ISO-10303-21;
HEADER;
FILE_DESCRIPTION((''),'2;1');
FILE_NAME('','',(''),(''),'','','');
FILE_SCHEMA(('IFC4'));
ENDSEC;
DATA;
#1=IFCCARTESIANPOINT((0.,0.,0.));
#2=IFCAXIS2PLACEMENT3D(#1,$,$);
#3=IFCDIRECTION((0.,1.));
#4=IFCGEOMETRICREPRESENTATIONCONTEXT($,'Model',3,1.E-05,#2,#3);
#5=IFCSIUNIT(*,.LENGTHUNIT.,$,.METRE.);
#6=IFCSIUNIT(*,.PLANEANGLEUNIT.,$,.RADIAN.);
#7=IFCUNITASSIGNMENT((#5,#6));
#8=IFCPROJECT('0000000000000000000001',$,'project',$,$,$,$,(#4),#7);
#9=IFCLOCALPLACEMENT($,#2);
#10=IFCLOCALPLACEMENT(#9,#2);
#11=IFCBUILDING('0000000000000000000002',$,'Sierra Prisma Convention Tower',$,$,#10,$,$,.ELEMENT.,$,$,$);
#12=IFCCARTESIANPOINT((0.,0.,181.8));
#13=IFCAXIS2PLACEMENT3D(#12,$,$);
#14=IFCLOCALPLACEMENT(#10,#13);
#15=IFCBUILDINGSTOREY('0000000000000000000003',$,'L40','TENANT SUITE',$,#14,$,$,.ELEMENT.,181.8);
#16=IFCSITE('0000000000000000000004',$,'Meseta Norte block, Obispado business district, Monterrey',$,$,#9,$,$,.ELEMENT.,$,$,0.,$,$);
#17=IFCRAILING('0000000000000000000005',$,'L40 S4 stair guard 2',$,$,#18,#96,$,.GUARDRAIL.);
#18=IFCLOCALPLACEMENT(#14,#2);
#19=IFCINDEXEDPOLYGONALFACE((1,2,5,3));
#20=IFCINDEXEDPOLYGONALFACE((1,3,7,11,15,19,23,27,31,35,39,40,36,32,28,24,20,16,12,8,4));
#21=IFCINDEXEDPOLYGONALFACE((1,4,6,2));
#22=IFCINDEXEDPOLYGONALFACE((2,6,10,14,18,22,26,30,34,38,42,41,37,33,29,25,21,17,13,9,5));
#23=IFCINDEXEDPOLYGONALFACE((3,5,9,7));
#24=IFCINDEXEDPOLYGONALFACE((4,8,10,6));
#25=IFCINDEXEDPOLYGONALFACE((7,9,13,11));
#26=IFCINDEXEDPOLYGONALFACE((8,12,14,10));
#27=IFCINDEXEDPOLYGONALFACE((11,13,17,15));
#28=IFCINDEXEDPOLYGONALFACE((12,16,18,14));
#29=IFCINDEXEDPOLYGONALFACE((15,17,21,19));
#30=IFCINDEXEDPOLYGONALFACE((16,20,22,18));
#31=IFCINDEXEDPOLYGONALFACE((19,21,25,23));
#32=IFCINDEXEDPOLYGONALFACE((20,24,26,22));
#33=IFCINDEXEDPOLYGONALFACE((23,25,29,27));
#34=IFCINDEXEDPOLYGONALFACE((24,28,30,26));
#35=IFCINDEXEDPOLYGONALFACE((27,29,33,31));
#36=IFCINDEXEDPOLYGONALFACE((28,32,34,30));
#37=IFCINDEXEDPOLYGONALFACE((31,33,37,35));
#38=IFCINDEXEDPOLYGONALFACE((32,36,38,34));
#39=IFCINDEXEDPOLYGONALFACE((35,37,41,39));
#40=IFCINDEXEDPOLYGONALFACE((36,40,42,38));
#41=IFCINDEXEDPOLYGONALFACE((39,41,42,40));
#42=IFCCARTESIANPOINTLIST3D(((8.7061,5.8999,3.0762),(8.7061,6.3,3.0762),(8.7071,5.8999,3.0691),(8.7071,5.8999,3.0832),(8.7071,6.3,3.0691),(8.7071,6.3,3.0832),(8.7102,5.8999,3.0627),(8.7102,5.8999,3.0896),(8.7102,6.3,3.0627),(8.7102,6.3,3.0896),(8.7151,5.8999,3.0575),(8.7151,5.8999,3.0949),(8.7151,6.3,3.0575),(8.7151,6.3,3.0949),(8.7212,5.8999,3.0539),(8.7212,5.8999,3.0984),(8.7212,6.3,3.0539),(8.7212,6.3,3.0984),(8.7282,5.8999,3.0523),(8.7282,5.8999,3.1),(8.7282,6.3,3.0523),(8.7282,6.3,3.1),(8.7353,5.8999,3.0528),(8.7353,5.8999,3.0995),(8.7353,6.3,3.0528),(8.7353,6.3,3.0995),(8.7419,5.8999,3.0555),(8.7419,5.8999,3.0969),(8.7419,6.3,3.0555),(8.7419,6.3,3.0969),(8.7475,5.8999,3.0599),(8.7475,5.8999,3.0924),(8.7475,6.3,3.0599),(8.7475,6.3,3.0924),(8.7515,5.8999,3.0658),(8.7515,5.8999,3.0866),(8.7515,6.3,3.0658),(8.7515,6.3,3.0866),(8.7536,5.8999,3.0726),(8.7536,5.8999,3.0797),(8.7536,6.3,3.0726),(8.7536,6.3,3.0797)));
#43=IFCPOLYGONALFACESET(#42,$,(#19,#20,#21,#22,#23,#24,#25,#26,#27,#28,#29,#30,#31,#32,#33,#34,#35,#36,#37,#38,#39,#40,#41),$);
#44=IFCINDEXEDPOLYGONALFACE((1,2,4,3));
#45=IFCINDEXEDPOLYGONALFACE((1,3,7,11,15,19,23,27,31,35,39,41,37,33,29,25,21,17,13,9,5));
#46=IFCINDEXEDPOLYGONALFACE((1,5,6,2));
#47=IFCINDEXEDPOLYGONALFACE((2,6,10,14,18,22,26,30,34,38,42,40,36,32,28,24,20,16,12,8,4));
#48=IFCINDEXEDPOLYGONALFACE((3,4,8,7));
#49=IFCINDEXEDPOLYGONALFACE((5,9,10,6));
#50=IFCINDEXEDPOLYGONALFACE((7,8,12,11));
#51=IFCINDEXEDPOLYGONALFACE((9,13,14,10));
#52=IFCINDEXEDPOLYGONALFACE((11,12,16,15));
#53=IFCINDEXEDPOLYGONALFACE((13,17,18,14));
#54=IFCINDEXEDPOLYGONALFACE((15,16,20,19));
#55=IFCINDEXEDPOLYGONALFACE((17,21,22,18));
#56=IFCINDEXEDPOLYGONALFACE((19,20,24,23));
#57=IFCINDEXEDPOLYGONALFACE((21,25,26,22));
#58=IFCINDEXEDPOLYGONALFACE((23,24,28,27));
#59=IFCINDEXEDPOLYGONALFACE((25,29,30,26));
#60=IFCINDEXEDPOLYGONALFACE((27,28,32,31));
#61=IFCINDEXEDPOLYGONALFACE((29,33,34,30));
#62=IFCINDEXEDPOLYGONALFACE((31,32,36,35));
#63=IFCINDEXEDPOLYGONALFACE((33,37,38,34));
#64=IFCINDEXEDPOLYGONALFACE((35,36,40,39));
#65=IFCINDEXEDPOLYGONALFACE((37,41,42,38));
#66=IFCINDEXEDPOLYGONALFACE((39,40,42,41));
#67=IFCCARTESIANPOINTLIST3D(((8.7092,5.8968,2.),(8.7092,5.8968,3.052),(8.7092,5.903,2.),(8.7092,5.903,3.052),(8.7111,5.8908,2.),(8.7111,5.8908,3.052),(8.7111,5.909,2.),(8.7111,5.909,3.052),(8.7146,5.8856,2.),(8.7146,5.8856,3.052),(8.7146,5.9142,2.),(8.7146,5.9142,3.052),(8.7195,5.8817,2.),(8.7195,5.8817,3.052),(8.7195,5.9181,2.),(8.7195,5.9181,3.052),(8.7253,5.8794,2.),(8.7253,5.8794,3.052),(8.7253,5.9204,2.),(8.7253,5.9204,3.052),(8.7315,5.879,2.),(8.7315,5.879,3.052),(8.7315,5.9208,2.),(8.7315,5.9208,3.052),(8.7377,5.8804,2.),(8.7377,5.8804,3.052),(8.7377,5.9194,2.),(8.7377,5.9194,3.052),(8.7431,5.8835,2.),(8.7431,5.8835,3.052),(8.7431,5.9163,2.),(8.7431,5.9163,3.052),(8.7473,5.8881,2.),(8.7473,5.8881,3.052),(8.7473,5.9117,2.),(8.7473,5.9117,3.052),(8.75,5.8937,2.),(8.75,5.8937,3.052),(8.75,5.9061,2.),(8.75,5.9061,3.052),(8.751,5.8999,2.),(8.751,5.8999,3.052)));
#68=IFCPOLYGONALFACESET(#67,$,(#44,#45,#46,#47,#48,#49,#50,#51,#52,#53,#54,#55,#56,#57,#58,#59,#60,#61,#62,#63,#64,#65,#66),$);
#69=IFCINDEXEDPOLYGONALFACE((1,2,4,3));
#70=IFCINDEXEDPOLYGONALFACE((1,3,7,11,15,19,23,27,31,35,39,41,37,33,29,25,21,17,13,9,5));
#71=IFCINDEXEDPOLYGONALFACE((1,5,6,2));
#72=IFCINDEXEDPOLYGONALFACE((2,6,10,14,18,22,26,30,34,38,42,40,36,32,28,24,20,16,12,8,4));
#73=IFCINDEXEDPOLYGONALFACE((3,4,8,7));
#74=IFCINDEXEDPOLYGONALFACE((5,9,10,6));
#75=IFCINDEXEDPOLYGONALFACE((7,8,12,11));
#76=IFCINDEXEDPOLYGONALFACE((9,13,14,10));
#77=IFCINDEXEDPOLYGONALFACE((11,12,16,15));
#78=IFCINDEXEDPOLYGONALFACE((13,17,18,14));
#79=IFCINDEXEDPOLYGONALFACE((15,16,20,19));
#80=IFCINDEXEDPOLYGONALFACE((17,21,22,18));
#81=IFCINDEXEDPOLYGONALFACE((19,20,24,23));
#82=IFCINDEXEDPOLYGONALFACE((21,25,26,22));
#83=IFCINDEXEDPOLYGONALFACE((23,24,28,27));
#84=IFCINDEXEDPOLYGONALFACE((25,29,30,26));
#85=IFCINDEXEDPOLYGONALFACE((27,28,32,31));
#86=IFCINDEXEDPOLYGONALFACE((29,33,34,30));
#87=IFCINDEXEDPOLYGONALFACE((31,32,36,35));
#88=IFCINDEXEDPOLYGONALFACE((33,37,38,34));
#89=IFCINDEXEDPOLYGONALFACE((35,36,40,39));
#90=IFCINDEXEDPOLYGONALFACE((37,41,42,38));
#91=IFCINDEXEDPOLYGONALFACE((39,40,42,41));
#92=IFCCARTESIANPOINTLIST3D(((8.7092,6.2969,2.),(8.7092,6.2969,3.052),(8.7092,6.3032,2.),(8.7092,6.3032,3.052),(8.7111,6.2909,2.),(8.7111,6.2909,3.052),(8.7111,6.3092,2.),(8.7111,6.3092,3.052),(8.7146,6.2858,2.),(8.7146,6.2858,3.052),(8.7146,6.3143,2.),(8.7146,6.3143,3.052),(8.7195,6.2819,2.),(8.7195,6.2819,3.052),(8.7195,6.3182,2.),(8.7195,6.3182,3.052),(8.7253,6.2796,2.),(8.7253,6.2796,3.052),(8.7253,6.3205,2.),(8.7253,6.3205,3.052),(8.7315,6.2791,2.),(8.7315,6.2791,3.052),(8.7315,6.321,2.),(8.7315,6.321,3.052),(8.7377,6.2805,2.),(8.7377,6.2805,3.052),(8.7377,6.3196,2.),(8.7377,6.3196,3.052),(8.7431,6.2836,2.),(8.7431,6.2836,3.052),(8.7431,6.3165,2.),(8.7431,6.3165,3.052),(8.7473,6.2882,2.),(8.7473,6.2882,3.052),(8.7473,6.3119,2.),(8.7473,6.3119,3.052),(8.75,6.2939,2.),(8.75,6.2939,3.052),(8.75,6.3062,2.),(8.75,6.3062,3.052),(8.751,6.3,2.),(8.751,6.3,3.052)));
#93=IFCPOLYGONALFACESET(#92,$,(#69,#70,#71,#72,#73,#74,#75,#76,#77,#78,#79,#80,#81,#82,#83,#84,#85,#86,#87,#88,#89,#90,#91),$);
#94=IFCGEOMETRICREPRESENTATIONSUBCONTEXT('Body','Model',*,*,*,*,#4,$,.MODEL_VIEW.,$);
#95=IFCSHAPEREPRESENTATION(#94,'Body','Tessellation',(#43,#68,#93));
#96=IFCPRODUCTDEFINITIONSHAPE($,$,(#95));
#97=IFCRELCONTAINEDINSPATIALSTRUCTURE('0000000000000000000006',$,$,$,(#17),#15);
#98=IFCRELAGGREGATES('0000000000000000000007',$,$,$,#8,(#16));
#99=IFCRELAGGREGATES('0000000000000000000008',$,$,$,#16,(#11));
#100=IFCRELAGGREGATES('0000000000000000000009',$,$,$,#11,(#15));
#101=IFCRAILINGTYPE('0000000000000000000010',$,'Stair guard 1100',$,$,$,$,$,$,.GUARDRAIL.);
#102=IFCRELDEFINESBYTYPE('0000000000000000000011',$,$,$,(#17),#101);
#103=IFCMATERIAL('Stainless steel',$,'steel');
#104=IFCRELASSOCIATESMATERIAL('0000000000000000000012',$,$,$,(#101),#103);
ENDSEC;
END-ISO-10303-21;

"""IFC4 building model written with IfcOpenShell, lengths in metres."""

from ifc_helpers import new_model, si_unit, direction, frame, origin, origin_2d, place, context, subcontext, project, spatial, circle, extrude, material, type_object, element, save


model = new_model("IFC4")

# Units and contexts
model_context = context("Model", 3, precision=1e-05, world=origin(), true_north=direction((0.0, 1.0)))
body_context = subcontext(model_context, "Body", "Model", "MODEL_VIEW")
ifc_project = project(units=[si_unit("LENGTHUNIT", "METRE"), si_unit("PLANEANGLEUNIT", "RADIAN")], contexts=[model_context])

# Site, building, storey
site_placement = place(None, origin())
site = spatial("IfcSite", under=ifc_project, at=site_placement, Name="Meseta Norte block, Obispado business district, Monterrey", CompositionType="ELEMENT", RefElevation=0.0)
building_placement = place(site_placement, origin())
building = spatial("IfcBuilding", under=site, at=building_placement, Name="Sierra Prisma Convention Tower", CompositionType="ELEMENT")
storey_placement = place(building_placement, frame((0.0, 0.0, 181.8)))
storey = spatial("IfcBuildingStorey", under=building, at=storey_placement, Name="L40", Description="TENANT SUITE", CompositionType="ELEMENT", Elevation=181.8)

# Railing
ifc_material_1 = material(Name="Stainless steel", Category="steel")
railing_type = type_object("IfcRailingType", Name="Stair guard 1100", PredefinedType="GUARDRAIL", material=ifc_material_1)
railing_1_placement = place(storey_placement, frame((8.73, 5.8999, 2.0)))
element("IfcRailing", 1, at=railing_1_placement, inside=storey, type_object=railing_type, Name="L40 S4 stair guard 2", PredefinedType="GUARDRAIL", context=body_context, shape_type="SweptSolid", body=[
    extrude(circle(Radius=0.0239, at=origin_2d()), frame((0.0, 0.0, 1.0762), z_axis=(0.0, 1.0, 0.0), x_axis=(-1.0, 0.0, 0.0)), (0.0, 0.0, 1.0), 0.4001),
    extrude(circle(Radius=0.021, at=origin_2d()), origin(), (0.0, 0.0, 1.0), 1.052),
    extrude(circle(Radius=0.021, at=origin_2d()), frame((0.0, 0.4001, 0.0)), (0.0, 0.0, 1.0), 1.052),
])

save(model, "model.ifc")
